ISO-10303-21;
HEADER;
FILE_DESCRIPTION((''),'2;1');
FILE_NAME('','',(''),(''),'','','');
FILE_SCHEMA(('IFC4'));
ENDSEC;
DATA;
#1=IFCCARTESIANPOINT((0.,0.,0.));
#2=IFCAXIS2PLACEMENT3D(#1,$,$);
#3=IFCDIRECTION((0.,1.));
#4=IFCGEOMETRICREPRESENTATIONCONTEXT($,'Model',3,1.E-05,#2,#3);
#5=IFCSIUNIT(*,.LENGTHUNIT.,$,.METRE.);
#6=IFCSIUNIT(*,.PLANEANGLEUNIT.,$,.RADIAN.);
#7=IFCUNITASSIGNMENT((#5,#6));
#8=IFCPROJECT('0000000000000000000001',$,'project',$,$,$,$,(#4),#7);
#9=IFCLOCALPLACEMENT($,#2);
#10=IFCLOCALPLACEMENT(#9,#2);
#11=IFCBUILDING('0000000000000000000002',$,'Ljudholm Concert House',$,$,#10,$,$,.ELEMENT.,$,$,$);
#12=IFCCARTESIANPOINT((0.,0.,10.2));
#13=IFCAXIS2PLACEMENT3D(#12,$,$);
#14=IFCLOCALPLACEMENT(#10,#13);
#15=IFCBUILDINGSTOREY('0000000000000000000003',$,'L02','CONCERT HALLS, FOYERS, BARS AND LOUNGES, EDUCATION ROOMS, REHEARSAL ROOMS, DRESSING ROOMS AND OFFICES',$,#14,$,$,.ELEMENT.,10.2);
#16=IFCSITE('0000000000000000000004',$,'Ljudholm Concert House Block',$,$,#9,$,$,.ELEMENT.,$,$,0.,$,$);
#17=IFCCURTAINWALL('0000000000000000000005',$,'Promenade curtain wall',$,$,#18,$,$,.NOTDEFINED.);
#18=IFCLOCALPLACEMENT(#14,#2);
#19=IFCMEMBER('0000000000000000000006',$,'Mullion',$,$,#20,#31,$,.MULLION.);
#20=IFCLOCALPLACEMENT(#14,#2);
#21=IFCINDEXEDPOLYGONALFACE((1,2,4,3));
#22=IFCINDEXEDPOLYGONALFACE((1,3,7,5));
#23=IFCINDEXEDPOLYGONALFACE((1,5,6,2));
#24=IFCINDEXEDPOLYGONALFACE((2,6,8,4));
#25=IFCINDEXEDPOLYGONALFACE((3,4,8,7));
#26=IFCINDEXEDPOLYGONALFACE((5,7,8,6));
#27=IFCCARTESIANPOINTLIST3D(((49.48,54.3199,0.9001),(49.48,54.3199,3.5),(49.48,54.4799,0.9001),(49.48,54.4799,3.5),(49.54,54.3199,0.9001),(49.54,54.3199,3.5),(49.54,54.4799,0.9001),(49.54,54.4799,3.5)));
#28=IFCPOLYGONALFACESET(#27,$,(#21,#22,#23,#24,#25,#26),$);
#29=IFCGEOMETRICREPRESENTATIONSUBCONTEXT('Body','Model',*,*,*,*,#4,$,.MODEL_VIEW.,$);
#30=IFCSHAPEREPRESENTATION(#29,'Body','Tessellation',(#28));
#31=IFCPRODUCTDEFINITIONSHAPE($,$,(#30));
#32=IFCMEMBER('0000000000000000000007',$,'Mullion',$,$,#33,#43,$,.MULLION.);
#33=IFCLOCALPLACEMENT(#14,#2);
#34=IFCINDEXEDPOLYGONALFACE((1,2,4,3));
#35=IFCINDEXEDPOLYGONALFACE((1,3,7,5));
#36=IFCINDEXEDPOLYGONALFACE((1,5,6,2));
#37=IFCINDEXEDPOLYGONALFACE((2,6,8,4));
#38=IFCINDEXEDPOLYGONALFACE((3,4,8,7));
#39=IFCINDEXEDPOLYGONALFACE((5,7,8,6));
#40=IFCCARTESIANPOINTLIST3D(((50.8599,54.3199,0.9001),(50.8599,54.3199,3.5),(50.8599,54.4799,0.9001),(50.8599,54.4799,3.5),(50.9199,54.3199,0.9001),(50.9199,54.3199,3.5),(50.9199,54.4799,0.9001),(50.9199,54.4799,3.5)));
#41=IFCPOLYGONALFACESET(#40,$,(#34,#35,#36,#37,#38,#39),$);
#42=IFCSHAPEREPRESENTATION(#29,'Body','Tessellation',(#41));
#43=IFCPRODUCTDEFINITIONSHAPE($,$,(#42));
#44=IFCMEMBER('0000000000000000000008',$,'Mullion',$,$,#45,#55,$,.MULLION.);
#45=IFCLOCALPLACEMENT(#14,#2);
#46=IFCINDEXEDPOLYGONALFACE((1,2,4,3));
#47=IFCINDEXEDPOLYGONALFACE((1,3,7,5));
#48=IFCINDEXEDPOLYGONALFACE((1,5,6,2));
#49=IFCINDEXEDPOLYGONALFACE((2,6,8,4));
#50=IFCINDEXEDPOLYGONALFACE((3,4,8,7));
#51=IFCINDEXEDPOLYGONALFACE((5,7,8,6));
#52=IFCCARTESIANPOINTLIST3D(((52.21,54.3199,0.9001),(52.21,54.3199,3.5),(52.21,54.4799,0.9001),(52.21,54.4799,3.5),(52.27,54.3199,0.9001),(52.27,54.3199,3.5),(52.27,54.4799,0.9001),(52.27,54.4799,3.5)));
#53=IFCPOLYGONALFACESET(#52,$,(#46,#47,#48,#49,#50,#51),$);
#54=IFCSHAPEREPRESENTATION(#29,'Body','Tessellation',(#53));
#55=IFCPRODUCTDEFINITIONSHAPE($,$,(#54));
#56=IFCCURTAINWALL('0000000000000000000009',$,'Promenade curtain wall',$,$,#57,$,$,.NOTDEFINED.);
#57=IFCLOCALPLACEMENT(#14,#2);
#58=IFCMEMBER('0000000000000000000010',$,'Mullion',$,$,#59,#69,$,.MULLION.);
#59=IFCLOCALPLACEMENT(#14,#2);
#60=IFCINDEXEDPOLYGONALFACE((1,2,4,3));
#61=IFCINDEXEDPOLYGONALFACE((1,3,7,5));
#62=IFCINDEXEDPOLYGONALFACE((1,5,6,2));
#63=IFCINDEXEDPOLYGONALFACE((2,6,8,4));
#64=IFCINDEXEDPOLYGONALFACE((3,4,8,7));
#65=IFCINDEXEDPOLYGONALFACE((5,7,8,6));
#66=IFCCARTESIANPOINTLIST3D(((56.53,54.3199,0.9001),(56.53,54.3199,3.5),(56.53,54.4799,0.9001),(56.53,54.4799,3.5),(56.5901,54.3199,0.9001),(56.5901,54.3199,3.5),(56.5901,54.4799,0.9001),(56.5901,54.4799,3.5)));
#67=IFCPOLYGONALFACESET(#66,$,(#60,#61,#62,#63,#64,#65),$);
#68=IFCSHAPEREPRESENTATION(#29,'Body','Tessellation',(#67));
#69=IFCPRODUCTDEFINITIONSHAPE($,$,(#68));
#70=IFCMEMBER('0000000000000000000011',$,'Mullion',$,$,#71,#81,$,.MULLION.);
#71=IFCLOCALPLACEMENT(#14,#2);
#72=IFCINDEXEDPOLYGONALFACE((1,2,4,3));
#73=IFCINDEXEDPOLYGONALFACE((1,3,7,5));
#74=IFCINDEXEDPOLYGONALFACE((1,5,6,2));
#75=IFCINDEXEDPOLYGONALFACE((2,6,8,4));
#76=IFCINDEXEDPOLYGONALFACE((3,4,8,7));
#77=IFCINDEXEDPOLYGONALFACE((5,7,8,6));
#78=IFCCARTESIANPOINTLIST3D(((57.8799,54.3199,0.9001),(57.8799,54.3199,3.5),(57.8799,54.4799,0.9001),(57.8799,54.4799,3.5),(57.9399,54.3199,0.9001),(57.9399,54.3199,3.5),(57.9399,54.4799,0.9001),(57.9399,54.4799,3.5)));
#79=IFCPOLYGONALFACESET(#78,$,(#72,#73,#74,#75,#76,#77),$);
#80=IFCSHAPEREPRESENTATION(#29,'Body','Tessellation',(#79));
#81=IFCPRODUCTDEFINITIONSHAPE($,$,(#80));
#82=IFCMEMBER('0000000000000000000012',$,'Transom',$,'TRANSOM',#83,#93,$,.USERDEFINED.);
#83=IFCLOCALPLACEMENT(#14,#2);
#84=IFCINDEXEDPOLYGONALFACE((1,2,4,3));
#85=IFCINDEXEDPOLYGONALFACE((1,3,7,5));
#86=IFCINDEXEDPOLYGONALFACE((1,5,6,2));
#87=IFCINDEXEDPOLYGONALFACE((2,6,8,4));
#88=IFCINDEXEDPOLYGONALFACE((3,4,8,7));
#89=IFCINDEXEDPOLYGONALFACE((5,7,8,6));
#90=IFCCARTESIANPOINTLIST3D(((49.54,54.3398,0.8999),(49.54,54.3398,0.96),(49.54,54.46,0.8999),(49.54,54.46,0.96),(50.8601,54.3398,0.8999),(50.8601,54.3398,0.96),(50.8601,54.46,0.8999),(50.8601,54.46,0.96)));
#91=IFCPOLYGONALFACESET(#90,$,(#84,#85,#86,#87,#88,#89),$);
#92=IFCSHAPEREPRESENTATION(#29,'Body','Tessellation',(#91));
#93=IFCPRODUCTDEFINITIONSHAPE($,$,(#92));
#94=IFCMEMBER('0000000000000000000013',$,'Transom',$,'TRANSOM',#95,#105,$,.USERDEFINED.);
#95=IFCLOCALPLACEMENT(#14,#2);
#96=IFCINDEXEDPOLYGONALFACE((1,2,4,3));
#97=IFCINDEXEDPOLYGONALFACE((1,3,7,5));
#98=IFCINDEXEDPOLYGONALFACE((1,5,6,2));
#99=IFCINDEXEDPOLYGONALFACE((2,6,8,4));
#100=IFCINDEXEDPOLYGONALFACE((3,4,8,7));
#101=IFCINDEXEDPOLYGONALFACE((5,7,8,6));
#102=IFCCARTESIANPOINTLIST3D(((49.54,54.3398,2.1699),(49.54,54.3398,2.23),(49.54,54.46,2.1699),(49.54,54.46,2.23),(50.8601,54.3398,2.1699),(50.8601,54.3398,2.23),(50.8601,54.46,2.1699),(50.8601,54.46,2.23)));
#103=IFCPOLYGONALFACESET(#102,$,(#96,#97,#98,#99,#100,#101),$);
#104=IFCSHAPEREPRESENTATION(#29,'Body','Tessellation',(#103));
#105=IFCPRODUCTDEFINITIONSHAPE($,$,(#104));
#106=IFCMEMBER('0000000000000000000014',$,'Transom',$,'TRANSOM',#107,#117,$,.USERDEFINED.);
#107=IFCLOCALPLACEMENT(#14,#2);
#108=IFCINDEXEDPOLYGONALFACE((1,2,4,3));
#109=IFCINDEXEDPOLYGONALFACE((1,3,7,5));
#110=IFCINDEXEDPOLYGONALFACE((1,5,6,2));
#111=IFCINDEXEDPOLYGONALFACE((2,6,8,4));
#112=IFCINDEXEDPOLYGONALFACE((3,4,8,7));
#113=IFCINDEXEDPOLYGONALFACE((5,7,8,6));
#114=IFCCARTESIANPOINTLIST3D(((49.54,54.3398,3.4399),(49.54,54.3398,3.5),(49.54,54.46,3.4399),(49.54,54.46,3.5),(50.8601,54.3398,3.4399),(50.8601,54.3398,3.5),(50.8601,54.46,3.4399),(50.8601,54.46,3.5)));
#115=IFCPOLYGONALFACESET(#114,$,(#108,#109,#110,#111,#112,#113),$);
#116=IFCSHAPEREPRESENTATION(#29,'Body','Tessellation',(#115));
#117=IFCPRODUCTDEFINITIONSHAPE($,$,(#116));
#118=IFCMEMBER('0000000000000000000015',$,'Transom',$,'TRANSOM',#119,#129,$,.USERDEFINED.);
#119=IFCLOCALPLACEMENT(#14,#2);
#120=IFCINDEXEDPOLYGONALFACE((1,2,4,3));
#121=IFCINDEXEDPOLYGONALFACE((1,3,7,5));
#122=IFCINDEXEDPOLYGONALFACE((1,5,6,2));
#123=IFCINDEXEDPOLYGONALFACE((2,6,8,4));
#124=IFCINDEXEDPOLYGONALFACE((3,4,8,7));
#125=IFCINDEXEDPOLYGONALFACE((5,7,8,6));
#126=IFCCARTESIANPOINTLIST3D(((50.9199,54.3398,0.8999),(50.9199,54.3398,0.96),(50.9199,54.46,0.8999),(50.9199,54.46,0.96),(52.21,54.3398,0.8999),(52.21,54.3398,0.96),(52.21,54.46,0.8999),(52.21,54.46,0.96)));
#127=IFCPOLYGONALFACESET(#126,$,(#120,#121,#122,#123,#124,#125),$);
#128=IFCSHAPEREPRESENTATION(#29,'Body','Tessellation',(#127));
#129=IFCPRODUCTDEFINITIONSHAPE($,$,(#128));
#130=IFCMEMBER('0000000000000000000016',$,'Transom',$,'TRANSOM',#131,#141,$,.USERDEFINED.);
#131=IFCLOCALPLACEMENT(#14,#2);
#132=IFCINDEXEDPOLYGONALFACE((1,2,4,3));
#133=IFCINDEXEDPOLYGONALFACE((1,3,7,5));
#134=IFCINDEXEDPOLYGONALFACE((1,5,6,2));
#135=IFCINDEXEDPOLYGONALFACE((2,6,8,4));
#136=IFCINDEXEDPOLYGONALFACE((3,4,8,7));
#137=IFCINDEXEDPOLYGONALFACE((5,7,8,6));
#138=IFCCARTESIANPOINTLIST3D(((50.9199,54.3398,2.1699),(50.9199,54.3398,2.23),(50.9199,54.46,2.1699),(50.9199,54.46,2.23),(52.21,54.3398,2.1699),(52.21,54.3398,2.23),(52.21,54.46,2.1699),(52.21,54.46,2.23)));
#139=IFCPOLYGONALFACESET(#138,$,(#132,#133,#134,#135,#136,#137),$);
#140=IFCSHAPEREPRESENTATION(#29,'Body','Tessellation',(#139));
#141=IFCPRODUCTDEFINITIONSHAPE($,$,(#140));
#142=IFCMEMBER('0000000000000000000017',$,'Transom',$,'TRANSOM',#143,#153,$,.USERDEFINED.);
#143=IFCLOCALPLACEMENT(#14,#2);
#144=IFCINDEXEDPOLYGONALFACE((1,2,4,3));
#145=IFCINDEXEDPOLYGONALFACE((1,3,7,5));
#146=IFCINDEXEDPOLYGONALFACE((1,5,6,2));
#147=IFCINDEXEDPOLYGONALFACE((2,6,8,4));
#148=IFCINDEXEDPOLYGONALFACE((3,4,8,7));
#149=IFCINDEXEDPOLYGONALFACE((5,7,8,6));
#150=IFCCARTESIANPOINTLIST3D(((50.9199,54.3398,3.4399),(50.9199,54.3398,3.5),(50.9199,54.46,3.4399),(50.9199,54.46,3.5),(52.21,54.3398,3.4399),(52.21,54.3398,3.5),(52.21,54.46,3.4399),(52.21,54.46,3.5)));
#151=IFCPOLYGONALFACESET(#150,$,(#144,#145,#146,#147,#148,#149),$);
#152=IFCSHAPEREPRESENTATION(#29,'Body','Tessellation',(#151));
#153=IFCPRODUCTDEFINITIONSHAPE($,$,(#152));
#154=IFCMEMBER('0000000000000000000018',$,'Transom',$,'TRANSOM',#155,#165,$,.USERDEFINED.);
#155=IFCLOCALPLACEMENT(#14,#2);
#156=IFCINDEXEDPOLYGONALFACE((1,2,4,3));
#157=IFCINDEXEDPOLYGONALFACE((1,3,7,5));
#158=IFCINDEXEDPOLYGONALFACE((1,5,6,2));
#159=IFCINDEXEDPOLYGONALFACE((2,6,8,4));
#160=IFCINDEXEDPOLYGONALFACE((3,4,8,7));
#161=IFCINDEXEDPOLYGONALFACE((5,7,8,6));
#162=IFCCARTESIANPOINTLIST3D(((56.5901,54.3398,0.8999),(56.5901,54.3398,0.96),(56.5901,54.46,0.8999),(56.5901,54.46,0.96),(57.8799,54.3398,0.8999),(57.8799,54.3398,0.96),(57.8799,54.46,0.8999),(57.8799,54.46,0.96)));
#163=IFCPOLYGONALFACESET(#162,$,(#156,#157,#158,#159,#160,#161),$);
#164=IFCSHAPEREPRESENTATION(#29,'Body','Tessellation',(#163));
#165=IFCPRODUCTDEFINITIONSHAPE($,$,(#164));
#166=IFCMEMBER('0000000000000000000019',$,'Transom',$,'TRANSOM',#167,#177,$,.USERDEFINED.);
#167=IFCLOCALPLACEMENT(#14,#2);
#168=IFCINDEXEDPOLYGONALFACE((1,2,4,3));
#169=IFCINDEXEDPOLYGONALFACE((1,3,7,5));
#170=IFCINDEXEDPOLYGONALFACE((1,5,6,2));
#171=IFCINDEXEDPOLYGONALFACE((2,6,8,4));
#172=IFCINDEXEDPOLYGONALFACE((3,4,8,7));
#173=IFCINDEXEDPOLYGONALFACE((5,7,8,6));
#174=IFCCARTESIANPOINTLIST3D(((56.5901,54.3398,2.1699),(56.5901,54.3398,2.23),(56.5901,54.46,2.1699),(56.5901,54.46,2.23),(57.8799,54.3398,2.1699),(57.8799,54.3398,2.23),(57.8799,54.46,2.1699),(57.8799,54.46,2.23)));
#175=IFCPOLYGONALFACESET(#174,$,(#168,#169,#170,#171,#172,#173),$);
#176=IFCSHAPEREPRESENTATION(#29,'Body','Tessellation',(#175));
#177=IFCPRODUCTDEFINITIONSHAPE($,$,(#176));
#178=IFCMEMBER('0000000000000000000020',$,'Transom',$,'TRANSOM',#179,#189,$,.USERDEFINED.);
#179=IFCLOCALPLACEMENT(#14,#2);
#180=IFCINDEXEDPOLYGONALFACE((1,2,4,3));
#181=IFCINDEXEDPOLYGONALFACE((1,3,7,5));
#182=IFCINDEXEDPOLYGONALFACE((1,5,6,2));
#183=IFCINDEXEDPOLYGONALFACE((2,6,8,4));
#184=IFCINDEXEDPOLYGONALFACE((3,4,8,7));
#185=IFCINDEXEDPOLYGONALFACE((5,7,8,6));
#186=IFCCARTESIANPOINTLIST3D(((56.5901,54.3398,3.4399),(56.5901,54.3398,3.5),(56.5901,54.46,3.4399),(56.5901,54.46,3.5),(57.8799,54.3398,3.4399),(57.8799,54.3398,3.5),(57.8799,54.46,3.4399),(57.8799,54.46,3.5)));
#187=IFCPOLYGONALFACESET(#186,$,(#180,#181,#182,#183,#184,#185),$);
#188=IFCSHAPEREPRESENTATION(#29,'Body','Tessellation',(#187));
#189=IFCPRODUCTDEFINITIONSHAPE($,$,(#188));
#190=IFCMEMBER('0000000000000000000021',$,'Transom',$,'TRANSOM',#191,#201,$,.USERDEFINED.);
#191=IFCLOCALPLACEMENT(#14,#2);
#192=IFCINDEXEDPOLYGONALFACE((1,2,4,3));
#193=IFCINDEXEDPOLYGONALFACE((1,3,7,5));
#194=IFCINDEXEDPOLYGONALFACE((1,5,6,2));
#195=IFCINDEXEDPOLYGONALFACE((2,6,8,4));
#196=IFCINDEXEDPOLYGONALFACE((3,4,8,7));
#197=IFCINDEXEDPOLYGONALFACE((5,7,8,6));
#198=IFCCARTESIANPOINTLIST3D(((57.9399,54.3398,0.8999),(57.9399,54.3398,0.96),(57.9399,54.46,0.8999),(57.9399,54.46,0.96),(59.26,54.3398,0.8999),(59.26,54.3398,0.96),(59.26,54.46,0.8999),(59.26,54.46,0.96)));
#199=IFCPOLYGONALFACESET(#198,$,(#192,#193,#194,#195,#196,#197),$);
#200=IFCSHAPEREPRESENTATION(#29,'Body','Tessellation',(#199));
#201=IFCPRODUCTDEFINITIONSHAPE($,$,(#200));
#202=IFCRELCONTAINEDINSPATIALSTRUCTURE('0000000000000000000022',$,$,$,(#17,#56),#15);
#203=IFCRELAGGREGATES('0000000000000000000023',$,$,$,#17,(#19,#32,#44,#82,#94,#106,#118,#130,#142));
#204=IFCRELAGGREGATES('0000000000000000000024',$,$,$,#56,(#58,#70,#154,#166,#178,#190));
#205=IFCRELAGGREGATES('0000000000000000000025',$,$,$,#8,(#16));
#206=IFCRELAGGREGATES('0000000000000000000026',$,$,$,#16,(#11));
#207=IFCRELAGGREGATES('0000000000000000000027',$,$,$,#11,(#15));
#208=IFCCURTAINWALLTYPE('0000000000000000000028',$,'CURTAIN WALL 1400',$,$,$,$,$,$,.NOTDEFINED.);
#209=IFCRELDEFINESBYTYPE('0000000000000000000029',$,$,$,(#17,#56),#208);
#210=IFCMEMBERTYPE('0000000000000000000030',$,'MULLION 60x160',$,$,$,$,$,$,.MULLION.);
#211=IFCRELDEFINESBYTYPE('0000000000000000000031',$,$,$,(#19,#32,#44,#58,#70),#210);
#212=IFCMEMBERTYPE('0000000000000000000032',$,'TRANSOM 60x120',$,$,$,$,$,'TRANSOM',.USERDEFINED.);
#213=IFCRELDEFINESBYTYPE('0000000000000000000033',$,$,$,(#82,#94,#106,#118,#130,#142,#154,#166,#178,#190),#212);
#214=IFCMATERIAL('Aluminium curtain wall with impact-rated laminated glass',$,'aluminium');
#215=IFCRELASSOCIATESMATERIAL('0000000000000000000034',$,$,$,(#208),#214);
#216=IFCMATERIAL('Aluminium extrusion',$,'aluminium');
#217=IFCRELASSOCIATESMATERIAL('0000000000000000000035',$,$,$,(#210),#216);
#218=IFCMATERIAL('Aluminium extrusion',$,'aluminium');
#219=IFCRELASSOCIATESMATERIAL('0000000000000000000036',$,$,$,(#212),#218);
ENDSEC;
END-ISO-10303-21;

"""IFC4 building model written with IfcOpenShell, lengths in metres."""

from ifc_helpers import new_model, si_unit, direction, frame, origin, origin_2d, place, context, subcontext, project, spatial, rectangle, extrude, material, material_profile, profile_set, type_object, element, aggregate, save


model = new_model("IFC4")

# Units and contexts
model_context = context("Model", 3, precision=1e-05, world=origin(), true_north=direction((0.0, 1.0)))
body_context = subcontext(model_context, "Body", "Model", "MODEL_VIEW")
ifc_project = project(units=[si_unit("LENGTHUNIT", "METRE"), si_unit("PLANEANGLEUNIT", "RADIAN")], contexts=[model_context])

# Site, building, storey
site_placement = place(None, origin())
site = spatial("IfcSite", under=ifc_project, at=site_placement, Name="Ljudholm Concert House Block", CompositionType="ELEMENT", RefElevation=0.0)
building_placement = place(site_placement, origin())
building = spatial("IfcBuilding", under=site, at=building_placement, Name="Ljudholm Concert House", CompositionType="ELEMENT")
storey_placement = place(building_placement, frame((0.0, 0.0, 10.2)))
storey = spatial("IfcBuildingStorey", under=building, at=storey_placement, Name="L02", Description="CONCERT HALLS, FOYERS, BARS AND LOUNGES, EDUCATION ROOMS, REHEARSAL ROOMS, DRESSING ROOMS AND OFFICES", CompositionType="ELEMENT", Elevation=10.2)

# Curtain walls, members
ifc_material_1 = material(Name="Aluminium curtain wall with impact-rated laminated glass", Category="aluminium")
curtain_wall_type = type_object("IfcCurtainWallType", Name="CURTAIN WALL 1400", PredefinedType="NOTDEFINED", material=ifc_material_1)
curtain_wall_1_placement = place(storey_placement, origin())
curtain_wall_1 = element("IfcCurtainWall", 1, at=curtain_wall_1_placement, inside=storey, type_object=curtain_wall_type, Name="Promenade curtain wall", PredefinedType="NOTDEFINED")
ifc_material_2 = material(Name="Aluminium extrusion", Category="aluminium")
ifc_material_profile_1 = material_profile(ifc_material_2, rectangle(XDim=0.1599, YDim=0.0601, at=origin_2d()), Name="MULLION 60x160")
ifc_profile_set_1 = profile_set([ifc_material_profile_1], Name="Aluminium extrusion")
member_type_1 = type_object("IfcMemberType", Name="MULLION 60x160", PredefinedType="MULLION", material=ifc_profile_set_1)
member_1_placement = place(storey_placement, frame((49.51, 54.3999, 0.9001), z_axis=(0.0, 0.0, 1.0), x_axis=(0.0, 1.0, 0.0)))
member_1 = element("IfcMember", 2, at=member_1_placement, type_object=member_type_1, Name="Mullion", PredefinedType="MULLION", context=body_context, shape_type="SweptSolid", body=[
    extrude(rectangle(XDim=0.1599, YDim=0.0601, at=origin_2d()), origin(), (0.0, 0.0, 1.0), 2.5999),
])
member_2_placement = place(storey_placement, frame((50.8899, 54.3999, 0.9001), z_axis=(0.0, 0.0, 1.0), x_axis=(0.0, 1.0, 0.0)))
member_2 = element("IfcMember", 3, at=member_2_placement, type_object=member_type_1, Name="Mullion", PredefinedType="MULLION", context=body_context, shape_type="SweptSolid", body=[
    extrude(rectangle(XDim=0.1599, YDim=0.0601, at=origin_2d()), origin(), (0.0, 0.0, 1.0), 2.5999),
])
member_3_placement = place(storey_placement, frame((52.24, 54.3999, 0.9001), z_axis=(0.0, 0.0, 1.0), x_axis=(0.0, 1.0, 0.0)))
member_3 = element("IfcMember", 4, at=member_3_placement, type_object=member_type_1, Name="Mullion", PredefinedType="MULLION", context=body_context, shape_type="SweptSolid", body=[
    extrude(rectangle(XDim=0.1599, YDim=0.0601, at=origin_2d()), origin(), (0.0, 0.0, 1.0), 2.5999),
])
curtain_wall_2_placement = place(storey_placement, origin())
curtain_wall_2 = element("IfcCurtainWall", 5, at=curtain_wall_2_placement, inside=storey, type_object=curtain_wall_type, Name="Promenade curtain wall", PredefinedType="NOTDEFINED")
member_4_placement = place(storey_placement, frame((56.5601, 54.3999, 0.9001), z_axis=(0.0, 0.0, 1.0), x_axis=(0.0, 1.0, 0.0)))
member_4 = element("IfcMember", 6, at=member_4_placement, type_object=member_type_1, Name="Mullion", PredefinedType="MULLION", context=body_context, shape_type="SweptSolid", body=[
    extrude(rectangle(XDim=0.1599, YDim=0.0601, at=origin_2d()), origin(), (0.0, 0.0, 1.0), 2.5999),
])
member_5_placement = place(storey_placement, frame((57.9099, 54.3999, 0.9001), z_axis=(0.0, 0.0, 1.0), x_axis=(0.0, 1.0, 0.0)))
member_5 = element("IfcMember", 7, at=member_5_placement, type_object=member_type_1, Name="Mullion", PredefinedType="MULLION", context=body_context, shape_type="SweptSolid", body=[
    extrude(rectangle(XDim=0.1599, YDim=0.0601, at=origin_2d()), origin(), (0.0, 0.0, 1.0), 2.5999),
])

# Members
ifc_material_3 = material(Name="Aluminium extrusion", Category="aluminium")
ifc_material_profile_2 = material_profile(ifc_material_3, rectangle(XDim=0.1201, YDim=0.0601, at=origin_2d()), Name="TRANSOM 60x120")
ifc_profile_set_2 = profile_set([ifc_material_profile_2], Name="Aluminium extrusion")
member_type_2 = type_object("IfcMemberType", Name="TRANSOM 60x120", ElementType="TRANSOM", PredefinedType="USERDEFINED", material=ifc_profile_set_2)
member_6_placement = place(storey_placement, frame((49.54, 54.3999, 0.9299), z_axis=(1.0, 0.0, 0.0), x_axis=(0.0, 1.0, 0.0)))
member_6 = element("IfcMember", 8, at=member_6_placement, type_object=member_type_2, Name="Transom", ObjectType="TRANSOM", PredefinedType="USERDEFINED", context=body_context, shape_type="SweptSolid", body=[
    extrude(rectangle(XDim=0.1201, YDim=0.0601, at=origin_2d()), origin(), (0.0, 0.0, 1.0), 1.3201),
])
member_7_placement = place(storey_placement, frame((49.54, 54.3999, 2.2), z_axis=(1.0, 0.0, 0.0), x_axis=(0.0, 1.0, 0.0)))
member_7 = element("IfcMember", 9, at=member_7_placement, type_object=member_type_2, Name="Transom", ObjectType="TRANSOM", PredefinedType="USERDEFINED", context=body_context, shape_type="SweptSolid", body=[
    extrude(rectangle(XDim=0.1201, YDim=0.0601, at=origin_2d()), origin(), (0.0, 0.0, 1.0), 1.3201),
])
member_8_placement = place(storey_placement, frame((49.54, 54.3999, 3.47), z_axis=(1.0, 0.0, 0.0), x_axis=(0.0, 1.0, 0.0)))
member_8 = element("IfcMember", 10, at=member_8_placement, type_object=member_type_2, Name="Transom", ObjectType="TRANSOM", PredefinedType="USERDEFINED", context=body_context, shape_type="SweptSolid", body=[
    extrude(rectangle(XDim=0.1201, YDim=0.0601, at=origin_2d()), origin(), (0.0, 0.0, 1.0), 1.3201),
])
member_9_placement = place(storey_placement, frame((50.9199, 54.3999, 0.9299), z_axis=(1.0, 0.0, 0.0), x_axis=(0.0, 1.0, 0.0)))
member_9 = element("IfcMember", 11, at=member_9_placement, type_object=member_type_2, Name="Transom", ObjectType="TRANSOM", PredefinedType="USERDEFINED", context=body_context, shape_type="SweptSolid", body=[
    extrude(rectangle(XDim=0.1201, YDim=0.0601, at=origin_2d()), origin(), (0.0, 0.0, 1.0), 1.29),
])
member_10_placement = place(storey_placement, frame((50.9199, 54.3999, 2.2), z_axis=(1.0, 0.0, 0.0), x_axis=(0.0, 1.0, 0.0)))
member_10 = element("IfcMember", 12, at=member_10_placement, type_object=member_type_2, Name="Transom", ObjectType="TRANSOM", PredefinedType="USERDEFINED", context=body_context, shape_type="SweptSolid", body=[
    extrude(rectangle(XDim=0.1201, YDim=0.0601, at=origin_2d()), origin(), (0.0, 0.0, 1.0), 1.29),
])
member_11_placement = place(storey_placement, frame((50.9199, 54.3999, 3.47), z_axis=(1.0, 0.0, 0.0), x_axis=(0.0, 1.0, 0.0)))
member_11 = element("IfcMember", 13, at=member_11_placement, type_object=member_type_2, Name="Transom", ObjectType="TRANSOM", PredefinedType="USERDEFINED", context=body_context, shape_type="SweptSolid", body=[
    extrude(rectangle(XDim=0.1201, YDim=0.0601, at=origin_2d()), origin(), (0.0, 0.0, 1.0), 1.29),
])
member_12_placement = place(storey_placement, frame((56.5901, 54.3999, 0.9299), z_axis=(1.0, 0.0, 0.0), x_axis=(0.0, 1.0, 0.0)))
member_12 = element("IfcMember", 14, at=member_12_placement, type_object=member_type_2, Name="Transom", ObjectType="TRANSOM", PredefinedType="USERDEFINED", context=body_context, shape_type="SweptSolid", body=[
    extrude(rectangle(XDim=0.1201, YDim=0.0601, at=origin_2d()), origin(), (0.0, 0.0, 1.0), 1.2898),
])
member_13_placement = place(storey_placement, frame((56.5901, 54.3999, 2.2), z_axis=(1.0, 0.0, 0.0), x_axis=(0.0, 1.0, 0.0)))
member_13 = element("IfcMember", 15, at=member_13_placement, type_object=member_type_2, Name="Transom", ObjectType="TRANSOM", PredefinedType="USERDEFINED", context=body_context, shape_type="SweptSolid", body=[
    extrude(rectangle(XDim=0.1201, YDim=0.0601, at=origin_2d()), origin(), (0.0, 0.0, 1.0), 1.2898),
])
member_14_placement = place(storey_placement, frame((56.5901, 54.3999, 3.47), z_axis=(1.0, 0.0, 0.0), x_axis=(0.0, 1.0, 0.0)))
member_14 = element("IfcMember", 16, at=member_14_placement, type_object=member_type_2, Name="Transom", ObjectType="TRANSOM", PredefinedType="USERDEFINED", context=body_context, shape_type="SweptSolid", body=[
    extrude(rectangle(XDim=0.1201, YDim=0.0601, at=origin_2d()), origin(), (0.0, 0.0, 1.0), 1.2898),
])
member_15_placement = place(storey_placement, frame((57.9399, 54.3999, 0.9299), z_axis=(1.0, 0.0, 0.0), x_axis=(0.0, 1.0, 0.0)))
member_15 = element("IfcMember", 17, at=member_15_placement, type_object=member_type_2, Name="Transom", ObjectType="TRANSOM", PredefinedType="USERDEFINED", context=body_context, shape_type="SweptSolid", body=[
    extrude(rectangle(XDim=0.1201, YDim=0.0601, at=origin_2d()), origin(), (0.0, 0.0, 1.0), 1.3201),
])

aggregate(curtain_wall_1, [member_1, member_2, member_3, member_6, member_7, member_8, member_9, member_10, member_11])
aggregate(curtain_wall_2, [member_4, member_5, member_12, member_13, member_14, member_15])

save(model, "model.ifc")
